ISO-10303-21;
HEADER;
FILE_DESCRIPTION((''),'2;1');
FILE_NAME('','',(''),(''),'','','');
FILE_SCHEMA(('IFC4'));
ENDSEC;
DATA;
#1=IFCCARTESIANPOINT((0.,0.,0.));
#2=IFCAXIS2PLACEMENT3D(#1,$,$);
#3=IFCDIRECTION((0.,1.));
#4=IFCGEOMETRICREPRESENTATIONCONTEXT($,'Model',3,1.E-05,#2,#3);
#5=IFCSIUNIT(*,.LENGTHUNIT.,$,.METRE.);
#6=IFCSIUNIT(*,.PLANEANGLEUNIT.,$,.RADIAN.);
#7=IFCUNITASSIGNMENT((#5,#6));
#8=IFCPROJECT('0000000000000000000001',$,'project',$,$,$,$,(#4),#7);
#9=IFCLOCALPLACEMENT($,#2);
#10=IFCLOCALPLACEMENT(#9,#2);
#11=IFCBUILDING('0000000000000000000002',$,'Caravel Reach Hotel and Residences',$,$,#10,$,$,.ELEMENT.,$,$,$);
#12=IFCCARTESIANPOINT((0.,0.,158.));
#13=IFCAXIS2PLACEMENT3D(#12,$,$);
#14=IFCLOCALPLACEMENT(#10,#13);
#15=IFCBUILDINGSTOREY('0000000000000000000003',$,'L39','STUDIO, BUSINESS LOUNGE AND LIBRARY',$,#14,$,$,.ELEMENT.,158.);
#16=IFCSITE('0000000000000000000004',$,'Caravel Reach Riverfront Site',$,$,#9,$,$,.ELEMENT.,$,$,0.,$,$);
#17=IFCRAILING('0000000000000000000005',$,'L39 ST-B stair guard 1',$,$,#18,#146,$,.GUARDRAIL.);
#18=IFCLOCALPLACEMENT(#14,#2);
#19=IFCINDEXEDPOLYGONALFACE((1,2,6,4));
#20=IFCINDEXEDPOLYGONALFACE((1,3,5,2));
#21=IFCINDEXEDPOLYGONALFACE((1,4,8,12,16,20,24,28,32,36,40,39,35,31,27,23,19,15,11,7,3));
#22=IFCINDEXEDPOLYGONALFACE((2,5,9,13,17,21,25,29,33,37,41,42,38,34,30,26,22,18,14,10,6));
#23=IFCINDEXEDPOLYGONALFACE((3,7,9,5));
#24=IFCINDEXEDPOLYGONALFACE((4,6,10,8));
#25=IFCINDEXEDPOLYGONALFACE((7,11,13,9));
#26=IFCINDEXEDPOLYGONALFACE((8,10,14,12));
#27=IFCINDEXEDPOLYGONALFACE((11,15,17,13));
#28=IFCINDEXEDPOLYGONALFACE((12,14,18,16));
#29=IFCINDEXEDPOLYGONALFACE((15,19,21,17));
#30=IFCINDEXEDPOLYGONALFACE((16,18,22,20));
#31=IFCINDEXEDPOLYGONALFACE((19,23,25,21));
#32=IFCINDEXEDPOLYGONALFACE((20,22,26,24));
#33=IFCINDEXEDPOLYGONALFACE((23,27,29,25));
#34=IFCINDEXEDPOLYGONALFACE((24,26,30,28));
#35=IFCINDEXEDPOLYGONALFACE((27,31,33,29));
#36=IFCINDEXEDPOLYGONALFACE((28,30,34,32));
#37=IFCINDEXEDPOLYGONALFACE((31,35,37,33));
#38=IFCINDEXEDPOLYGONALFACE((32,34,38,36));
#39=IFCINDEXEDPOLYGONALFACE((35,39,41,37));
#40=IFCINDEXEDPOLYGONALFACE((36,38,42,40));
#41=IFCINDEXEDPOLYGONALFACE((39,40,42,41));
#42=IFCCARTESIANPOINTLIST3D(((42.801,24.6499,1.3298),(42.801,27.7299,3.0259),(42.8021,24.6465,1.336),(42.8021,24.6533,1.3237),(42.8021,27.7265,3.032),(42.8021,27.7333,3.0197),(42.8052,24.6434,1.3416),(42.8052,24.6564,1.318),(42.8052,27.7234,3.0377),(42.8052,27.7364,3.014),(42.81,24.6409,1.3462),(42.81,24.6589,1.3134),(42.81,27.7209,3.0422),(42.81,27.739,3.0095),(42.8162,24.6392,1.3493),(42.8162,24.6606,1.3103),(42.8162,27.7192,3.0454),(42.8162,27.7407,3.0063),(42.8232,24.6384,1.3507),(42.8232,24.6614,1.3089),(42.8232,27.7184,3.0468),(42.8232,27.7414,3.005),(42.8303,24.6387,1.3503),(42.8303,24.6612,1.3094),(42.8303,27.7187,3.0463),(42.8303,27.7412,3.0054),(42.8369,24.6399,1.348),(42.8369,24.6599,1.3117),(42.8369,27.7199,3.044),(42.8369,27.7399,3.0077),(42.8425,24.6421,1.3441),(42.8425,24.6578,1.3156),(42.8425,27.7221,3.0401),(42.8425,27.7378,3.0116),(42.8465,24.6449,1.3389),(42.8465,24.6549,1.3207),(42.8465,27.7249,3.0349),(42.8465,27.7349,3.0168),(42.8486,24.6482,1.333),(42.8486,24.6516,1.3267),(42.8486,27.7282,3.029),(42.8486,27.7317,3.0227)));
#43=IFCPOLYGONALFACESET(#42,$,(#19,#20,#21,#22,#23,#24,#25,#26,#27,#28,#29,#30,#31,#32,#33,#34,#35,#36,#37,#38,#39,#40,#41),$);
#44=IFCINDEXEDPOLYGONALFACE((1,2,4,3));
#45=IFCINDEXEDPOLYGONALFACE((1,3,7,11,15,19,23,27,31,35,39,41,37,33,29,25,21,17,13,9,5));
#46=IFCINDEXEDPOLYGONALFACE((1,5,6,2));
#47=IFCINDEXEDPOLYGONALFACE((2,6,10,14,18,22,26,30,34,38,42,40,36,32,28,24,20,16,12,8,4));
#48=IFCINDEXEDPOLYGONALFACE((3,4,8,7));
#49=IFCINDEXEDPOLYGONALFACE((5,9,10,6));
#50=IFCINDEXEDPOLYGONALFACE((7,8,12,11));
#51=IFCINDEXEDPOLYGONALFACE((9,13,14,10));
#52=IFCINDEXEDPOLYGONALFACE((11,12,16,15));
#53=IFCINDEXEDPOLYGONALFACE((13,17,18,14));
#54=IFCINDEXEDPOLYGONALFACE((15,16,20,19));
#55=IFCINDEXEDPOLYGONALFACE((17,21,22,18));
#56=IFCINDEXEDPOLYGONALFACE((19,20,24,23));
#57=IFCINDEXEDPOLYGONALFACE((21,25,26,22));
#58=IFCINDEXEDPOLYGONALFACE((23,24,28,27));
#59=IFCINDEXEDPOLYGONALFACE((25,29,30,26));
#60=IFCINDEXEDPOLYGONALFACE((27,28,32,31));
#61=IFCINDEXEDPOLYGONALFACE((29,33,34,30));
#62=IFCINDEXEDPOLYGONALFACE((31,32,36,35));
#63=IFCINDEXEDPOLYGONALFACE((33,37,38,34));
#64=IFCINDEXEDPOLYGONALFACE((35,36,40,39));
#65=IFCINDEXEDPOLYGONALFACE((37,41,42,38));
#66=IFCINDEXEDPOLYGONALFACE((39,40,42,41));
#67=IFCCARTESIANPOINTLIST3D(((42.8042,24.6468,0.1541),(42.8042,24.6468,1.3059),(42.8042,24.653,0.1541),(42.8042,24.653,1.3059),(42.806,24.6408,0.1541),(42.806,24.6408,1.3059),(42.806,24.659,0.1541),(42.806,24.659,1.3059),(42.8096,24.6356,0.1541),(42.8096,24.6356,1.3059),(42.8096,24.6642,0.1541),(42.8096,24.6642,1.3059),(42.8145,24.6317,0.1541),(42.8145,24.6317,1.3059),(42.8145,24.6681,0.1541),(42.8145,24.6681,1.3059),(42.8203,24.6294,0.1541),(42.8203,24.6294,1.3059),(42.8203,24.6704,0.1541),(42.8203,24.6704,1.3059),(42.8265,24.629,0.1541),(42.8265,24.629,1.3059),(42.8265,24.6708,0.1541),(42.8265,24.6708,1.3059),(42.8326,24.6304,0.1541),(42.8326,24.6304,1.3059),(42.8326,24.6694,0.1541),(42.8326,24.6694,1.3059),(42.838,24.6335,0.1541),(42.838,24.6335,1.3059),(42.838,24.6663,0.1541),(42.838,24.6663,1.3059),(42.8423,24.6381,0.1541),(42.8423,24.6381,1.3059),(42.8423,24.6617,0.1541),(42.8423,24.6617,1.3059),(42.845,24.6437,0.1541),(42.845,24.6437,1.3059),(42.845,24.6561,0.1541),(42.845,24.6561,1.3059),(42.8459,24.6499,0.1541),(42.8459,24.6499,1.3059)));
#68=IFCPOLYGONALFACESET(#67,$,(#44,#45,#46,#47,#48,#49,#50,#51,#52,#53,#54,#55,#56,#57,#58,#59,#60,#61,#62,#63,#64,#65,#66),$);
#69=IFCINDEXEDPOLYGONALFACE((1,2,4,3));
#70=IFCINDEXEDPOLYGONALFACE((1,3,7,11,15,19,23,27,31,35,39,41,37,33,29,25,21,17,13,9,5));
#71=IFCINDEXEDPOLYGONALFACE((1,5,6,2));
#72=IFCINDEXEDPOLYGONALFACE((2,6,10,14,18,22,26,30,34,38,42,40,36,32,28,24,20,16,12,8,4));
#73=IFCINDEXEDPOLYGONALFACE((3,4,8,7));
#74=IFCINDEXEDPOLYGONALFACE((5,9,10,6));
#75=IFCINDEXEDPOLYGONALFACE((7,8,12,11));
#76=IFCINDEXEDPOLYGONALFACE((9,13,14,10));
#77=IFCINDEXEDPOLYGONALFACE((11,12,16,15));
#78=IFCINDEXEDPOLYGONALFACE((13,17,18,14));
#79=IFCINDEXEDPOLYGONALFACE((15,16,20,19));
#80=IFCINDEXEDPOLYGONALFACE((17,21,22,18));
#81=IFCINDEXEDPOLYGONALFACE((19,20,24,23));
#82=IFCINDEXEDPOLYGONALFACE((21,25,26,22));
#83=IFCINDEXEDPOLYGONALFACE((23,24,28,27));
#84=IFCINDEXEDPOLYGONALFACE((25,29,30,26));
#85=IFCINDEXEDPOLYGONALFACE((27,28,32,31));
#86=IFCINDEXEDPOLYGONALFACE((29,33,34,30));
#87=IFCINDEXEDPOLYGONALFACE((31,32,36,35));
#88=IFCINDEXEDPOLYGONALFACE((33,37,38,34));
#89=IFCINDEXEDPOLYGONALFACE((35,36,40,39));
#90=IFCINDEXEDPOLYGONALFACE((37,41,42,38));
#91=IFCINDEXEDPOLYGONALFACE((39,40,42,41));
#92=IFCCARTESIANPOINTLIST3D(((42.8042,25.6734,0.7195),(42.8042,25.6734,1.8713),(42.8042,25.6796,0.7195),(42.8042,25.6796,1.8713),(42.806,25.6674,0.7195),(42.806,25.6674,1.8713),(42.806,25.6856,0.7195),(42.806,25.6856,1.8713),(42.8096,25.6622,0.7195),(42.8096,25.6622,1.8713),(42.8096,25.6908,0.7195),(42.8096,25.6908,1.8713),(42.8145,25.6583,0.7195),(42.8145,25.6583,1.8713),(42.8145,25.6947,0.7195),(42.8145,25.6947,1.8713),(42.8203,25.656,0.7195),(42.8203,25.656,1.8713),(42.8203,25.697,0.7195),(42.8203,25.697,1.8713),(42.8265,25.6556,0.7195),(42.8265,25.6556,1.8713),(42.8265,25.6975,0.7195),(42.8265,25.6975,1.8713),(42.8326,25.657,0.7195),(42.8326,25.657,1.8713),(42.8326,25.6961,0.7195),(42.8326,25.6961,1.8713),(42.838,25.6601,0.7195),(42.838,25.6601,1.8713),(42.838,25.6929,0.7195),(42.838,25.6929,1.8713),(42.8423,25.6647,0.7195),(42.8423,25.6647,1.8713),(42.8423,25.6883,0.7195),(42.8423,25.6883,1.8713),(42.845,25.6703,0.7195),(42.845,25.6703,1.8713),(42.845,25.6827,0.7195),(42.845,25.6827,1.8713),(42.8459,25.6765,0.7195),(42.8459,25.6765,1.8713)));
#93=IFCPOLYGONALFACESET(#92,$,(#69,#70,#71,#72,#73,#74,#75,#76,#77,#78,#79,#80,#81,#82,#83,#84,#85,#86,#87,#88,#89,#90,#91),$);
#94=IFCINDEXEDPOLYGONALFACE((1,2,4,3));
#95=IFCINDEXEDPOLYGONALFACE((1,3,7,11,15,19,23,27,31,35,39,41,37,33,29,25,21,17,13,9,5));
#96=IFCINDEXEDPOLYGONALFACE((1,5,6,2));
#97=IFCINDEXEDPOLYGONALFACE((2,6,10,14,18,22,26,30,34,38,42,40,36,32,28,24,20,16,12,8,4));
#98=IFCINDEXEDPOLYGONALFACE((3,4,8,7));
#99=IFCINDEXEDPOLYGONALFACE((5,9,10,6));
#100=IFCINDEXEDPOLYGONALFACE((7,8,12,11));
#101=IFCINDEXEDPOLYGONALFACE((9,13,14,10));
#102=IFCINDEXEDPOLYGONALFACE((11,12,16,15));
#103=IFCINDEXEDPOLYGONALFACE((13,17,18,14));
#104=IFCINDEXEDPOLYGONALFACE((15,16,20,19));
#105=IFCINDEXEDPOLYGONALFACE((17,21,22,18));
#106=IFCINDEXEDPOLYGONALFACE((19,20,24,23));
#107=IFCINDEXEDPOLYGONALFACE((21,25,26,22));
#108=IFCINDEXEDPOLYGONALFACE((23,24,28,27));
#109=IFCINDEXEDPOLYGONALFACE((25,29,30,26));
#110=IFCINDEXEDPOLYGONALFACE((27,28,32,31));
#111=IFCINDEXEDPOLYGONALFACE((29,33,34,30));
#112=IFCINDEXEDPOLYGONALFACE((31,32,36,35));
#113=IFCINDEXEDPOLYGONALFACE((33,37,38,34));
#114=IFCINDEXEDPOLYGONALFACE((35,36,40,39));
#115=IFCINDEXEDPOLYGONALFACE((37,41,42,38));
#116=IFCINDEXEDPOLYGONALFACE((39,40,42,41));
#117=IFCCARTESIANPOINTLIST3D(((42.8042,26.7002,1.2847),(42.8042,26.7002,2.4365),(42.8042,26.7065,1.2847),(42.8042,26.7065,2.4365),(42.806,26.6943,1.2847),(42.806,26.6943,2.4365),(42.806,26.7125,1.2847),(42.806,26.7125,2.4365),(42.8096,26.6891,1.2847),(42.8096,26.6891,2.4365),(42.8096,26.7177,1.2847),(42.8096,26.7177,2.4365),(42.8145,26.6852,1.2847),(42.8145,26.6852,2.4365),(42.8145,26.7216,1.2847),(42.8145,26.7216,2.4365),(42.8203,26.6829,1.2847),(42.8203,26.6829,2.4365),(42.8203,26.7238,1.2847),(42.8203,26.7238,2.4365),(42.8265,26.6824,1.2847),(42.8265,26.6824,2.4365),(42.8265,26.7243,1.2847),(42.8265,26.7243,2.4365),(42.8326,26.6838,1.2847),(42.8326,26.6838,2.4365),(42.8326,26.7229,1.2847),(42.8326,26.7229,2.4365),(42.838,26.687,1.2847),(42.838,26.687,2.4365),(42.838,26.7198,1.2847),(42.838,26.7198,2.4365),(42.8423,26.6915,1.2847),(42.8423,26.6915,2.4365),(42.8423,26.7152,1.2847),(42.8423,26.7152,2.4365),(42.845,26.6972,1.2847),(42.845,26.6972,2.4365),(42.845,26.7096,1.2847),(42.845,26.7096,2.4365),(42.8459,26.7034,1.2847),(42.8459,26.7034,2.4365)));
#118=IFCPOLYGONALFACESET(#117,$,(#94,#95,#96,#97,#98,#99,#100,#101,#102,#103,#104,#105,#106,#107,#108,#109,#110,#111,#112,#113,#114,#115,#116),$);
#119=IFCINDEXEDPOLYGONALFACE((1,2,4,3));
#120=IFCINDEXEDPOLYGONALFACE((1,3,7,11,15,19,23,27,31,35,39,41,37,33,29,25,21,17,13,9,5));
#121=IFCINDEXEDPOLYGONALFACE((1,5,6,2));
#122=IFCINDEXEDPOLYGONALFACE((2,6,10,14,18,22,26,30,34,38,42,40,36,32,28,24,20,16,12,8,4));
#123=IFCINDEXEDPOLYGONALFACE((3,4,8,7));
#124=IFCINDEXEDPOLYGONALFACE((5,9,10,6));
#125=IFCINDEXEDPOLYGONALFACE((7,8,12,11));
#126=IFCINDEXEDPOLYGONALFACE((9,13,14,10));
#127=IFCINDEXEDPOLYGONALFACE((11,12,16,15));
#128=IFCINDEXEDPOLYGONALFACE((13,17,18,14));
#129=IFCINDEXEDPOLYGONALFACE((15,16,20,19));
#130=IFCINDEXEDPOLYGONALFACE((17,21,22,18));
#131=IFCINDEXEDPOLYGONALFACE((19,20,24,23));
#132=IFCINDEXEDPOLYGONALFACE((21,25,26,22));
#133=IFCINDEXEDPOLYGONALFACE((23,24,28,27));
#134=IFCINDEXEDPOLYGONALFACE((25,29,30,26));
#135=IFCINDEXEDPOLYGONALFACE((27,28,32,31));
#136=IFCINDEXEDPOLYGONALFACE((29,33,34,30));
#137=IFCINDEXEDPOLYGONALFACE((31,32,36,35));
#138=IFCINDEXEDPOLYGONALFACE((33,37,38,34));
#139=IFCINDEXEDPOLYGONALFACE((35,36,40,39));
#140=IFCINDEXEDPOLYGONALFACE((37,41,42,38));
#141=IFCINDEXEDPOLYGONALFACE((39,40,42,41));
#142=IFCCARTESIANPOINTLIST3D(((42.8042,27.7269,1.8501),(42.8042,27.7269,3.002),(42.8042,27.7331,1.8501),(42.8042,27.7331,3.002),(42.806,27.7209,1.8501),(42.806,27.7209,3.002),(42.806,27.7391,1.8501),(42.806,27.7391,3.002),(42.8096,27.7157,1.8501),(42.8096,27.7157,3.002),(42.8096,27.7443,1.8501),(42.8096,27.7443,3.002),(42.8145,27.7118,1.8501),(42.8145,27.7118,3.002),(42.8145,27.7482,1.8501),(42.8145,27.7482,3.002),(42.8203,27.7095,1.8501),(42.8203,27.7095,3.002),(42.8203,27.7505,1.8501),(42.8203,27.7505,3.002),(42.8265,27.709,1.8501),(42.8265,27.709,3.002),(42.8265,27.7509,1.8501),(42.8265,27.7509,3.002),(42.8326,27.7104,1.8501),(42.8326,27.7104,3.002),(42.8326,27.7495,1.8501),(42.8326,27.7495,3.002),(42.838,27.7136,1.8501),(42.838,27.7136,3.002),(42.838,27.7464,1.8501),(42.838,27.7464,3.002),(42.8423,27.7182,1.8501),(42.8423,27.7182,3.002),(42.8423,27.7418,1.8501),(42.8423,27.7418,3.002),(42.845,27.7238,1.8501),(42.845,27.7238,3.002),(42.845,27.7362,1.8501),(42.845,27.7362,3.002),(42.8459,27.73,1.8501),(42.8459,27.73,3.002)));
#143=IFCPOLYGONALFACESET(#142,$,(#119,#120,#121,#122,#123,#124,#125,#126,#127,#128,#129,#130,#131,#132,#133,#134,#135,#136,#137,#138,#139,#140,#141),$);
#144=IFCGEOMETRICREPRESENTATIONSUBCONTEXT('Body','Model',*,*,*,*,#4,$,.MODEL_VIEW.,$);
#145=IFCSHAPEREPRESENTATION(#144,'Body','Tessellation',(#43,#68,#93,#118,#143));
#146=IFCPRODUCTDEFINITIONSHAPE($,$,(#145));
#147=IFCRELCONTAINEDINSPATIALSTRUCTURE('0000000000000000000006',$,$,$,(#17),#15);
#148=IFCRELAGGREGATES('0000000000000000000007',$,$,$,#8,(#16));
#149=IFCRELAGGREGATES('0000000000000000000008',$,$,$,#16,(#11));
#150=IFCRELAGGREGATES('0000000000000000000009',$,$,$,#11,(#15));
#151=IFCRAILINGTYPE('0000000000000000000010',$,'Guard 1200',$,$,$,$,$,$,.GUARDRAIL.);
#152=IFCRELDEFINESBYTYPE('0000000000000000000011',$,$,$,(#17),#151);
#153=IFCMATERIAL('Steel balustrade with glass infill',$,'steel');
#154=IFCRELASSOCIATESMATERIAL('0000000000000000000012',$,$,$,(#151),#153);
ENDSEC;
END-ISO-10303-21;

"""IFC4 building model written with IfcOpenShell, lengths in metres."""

from ifc_helpers import new_model, si_unit, direction, frame, origin, origin_2d, place, context, subcontext, project, spatial, circle, extrude, material, type_object, element, save


model = new_model("IFC4")

# Units and contexts
model_context = context("Model", 3, precision=1e-05, world=origin(), true_north=direction((0.0, 1.0)))
body_context = subcontext(model_context, "Body", "Model", "MODEL_VIEW")
ifc_project = project(units=[si_unit("LENGTHUNIT", "METRE"), si_unit("PLANEANGLEUNIT", "RADIAN")], contexts=[model_context])

# Site, building, storey
site_placement = place(None, origin())
site = spatial("IfcSite", under=ifc_project, at=site_placement, Name="Caravel Reach Riverfront Site", CompositionType="ELEMENT", RefElevation=0.0)
building_placement = place(site_placement, origin())
building = spatial("IfcBuilding", under=site, at=building_placement, Name="Caravel Reach Hotel and Residences", CompositionType="ELEMENT")
storey_placement = place(building_placement, frame((0.0, 0.0, 158.0)))
storey = spatial("IfcBuildingStorey", under=building, at=storey_placement, Name="L39", Description="STUDIO, BUSINESS LOUNGE AND LIBRARY", CompositionType="ELEMENT", Elevation=158.0)

# Railing
ifc_material_1 = material(Name="Steel balustrade with glass infill", Category="steel")
railing_type_1 = type_object("IfcRailingType", Name="Guard 1200", PredefinedType="GUARDRAIL", material=ifc_material_1)
railing_1_placement = place(storey_placement, frame((42.825, 24.6499, 0.1541)))
element("IfcRailing", 1, at=railing_1_placement, inside=storey, type_object=railing_type_1, Name="L39 ST-B stair guard 1", PredefinedType="GUARDRAIL", context=body_context, shape_type="SweptSolid", body=[
    extrude(circle(Radius=0.0239, at=origin_2d()), frame((0.0, 0.0, 1.1758), z_axis=(0.0, 0.875975, 0.482356), x_axis=(-1.0, 0.0, 0.0)), (0.0, 0.0, 1.0), 3.5161),
    extrude(circle(Radius=0.021, at=origin_2d()), origin(), (0.0, 0.0, 1.0), 1.1519),
    extrude(circle(Radius=0.021, at=origin_2d()), frame((0.0, 1.0266, 0.5654)), (0.0, 0.0, 1.0), 1.1519),
    extrude(circle(Radius=0.021, at=origin_2d()), frame((0.0, 2.0535, 1.1306)), (0.0, 0.0, 1.0), 1.1519),
    extrude(circle(Radius=0.021, at=origin_2d()), frame((0.0, 3.0801, 1.696)), (0.0, 0.0, 1.0), 1.1519),
])

save(model, "model.ifc")
